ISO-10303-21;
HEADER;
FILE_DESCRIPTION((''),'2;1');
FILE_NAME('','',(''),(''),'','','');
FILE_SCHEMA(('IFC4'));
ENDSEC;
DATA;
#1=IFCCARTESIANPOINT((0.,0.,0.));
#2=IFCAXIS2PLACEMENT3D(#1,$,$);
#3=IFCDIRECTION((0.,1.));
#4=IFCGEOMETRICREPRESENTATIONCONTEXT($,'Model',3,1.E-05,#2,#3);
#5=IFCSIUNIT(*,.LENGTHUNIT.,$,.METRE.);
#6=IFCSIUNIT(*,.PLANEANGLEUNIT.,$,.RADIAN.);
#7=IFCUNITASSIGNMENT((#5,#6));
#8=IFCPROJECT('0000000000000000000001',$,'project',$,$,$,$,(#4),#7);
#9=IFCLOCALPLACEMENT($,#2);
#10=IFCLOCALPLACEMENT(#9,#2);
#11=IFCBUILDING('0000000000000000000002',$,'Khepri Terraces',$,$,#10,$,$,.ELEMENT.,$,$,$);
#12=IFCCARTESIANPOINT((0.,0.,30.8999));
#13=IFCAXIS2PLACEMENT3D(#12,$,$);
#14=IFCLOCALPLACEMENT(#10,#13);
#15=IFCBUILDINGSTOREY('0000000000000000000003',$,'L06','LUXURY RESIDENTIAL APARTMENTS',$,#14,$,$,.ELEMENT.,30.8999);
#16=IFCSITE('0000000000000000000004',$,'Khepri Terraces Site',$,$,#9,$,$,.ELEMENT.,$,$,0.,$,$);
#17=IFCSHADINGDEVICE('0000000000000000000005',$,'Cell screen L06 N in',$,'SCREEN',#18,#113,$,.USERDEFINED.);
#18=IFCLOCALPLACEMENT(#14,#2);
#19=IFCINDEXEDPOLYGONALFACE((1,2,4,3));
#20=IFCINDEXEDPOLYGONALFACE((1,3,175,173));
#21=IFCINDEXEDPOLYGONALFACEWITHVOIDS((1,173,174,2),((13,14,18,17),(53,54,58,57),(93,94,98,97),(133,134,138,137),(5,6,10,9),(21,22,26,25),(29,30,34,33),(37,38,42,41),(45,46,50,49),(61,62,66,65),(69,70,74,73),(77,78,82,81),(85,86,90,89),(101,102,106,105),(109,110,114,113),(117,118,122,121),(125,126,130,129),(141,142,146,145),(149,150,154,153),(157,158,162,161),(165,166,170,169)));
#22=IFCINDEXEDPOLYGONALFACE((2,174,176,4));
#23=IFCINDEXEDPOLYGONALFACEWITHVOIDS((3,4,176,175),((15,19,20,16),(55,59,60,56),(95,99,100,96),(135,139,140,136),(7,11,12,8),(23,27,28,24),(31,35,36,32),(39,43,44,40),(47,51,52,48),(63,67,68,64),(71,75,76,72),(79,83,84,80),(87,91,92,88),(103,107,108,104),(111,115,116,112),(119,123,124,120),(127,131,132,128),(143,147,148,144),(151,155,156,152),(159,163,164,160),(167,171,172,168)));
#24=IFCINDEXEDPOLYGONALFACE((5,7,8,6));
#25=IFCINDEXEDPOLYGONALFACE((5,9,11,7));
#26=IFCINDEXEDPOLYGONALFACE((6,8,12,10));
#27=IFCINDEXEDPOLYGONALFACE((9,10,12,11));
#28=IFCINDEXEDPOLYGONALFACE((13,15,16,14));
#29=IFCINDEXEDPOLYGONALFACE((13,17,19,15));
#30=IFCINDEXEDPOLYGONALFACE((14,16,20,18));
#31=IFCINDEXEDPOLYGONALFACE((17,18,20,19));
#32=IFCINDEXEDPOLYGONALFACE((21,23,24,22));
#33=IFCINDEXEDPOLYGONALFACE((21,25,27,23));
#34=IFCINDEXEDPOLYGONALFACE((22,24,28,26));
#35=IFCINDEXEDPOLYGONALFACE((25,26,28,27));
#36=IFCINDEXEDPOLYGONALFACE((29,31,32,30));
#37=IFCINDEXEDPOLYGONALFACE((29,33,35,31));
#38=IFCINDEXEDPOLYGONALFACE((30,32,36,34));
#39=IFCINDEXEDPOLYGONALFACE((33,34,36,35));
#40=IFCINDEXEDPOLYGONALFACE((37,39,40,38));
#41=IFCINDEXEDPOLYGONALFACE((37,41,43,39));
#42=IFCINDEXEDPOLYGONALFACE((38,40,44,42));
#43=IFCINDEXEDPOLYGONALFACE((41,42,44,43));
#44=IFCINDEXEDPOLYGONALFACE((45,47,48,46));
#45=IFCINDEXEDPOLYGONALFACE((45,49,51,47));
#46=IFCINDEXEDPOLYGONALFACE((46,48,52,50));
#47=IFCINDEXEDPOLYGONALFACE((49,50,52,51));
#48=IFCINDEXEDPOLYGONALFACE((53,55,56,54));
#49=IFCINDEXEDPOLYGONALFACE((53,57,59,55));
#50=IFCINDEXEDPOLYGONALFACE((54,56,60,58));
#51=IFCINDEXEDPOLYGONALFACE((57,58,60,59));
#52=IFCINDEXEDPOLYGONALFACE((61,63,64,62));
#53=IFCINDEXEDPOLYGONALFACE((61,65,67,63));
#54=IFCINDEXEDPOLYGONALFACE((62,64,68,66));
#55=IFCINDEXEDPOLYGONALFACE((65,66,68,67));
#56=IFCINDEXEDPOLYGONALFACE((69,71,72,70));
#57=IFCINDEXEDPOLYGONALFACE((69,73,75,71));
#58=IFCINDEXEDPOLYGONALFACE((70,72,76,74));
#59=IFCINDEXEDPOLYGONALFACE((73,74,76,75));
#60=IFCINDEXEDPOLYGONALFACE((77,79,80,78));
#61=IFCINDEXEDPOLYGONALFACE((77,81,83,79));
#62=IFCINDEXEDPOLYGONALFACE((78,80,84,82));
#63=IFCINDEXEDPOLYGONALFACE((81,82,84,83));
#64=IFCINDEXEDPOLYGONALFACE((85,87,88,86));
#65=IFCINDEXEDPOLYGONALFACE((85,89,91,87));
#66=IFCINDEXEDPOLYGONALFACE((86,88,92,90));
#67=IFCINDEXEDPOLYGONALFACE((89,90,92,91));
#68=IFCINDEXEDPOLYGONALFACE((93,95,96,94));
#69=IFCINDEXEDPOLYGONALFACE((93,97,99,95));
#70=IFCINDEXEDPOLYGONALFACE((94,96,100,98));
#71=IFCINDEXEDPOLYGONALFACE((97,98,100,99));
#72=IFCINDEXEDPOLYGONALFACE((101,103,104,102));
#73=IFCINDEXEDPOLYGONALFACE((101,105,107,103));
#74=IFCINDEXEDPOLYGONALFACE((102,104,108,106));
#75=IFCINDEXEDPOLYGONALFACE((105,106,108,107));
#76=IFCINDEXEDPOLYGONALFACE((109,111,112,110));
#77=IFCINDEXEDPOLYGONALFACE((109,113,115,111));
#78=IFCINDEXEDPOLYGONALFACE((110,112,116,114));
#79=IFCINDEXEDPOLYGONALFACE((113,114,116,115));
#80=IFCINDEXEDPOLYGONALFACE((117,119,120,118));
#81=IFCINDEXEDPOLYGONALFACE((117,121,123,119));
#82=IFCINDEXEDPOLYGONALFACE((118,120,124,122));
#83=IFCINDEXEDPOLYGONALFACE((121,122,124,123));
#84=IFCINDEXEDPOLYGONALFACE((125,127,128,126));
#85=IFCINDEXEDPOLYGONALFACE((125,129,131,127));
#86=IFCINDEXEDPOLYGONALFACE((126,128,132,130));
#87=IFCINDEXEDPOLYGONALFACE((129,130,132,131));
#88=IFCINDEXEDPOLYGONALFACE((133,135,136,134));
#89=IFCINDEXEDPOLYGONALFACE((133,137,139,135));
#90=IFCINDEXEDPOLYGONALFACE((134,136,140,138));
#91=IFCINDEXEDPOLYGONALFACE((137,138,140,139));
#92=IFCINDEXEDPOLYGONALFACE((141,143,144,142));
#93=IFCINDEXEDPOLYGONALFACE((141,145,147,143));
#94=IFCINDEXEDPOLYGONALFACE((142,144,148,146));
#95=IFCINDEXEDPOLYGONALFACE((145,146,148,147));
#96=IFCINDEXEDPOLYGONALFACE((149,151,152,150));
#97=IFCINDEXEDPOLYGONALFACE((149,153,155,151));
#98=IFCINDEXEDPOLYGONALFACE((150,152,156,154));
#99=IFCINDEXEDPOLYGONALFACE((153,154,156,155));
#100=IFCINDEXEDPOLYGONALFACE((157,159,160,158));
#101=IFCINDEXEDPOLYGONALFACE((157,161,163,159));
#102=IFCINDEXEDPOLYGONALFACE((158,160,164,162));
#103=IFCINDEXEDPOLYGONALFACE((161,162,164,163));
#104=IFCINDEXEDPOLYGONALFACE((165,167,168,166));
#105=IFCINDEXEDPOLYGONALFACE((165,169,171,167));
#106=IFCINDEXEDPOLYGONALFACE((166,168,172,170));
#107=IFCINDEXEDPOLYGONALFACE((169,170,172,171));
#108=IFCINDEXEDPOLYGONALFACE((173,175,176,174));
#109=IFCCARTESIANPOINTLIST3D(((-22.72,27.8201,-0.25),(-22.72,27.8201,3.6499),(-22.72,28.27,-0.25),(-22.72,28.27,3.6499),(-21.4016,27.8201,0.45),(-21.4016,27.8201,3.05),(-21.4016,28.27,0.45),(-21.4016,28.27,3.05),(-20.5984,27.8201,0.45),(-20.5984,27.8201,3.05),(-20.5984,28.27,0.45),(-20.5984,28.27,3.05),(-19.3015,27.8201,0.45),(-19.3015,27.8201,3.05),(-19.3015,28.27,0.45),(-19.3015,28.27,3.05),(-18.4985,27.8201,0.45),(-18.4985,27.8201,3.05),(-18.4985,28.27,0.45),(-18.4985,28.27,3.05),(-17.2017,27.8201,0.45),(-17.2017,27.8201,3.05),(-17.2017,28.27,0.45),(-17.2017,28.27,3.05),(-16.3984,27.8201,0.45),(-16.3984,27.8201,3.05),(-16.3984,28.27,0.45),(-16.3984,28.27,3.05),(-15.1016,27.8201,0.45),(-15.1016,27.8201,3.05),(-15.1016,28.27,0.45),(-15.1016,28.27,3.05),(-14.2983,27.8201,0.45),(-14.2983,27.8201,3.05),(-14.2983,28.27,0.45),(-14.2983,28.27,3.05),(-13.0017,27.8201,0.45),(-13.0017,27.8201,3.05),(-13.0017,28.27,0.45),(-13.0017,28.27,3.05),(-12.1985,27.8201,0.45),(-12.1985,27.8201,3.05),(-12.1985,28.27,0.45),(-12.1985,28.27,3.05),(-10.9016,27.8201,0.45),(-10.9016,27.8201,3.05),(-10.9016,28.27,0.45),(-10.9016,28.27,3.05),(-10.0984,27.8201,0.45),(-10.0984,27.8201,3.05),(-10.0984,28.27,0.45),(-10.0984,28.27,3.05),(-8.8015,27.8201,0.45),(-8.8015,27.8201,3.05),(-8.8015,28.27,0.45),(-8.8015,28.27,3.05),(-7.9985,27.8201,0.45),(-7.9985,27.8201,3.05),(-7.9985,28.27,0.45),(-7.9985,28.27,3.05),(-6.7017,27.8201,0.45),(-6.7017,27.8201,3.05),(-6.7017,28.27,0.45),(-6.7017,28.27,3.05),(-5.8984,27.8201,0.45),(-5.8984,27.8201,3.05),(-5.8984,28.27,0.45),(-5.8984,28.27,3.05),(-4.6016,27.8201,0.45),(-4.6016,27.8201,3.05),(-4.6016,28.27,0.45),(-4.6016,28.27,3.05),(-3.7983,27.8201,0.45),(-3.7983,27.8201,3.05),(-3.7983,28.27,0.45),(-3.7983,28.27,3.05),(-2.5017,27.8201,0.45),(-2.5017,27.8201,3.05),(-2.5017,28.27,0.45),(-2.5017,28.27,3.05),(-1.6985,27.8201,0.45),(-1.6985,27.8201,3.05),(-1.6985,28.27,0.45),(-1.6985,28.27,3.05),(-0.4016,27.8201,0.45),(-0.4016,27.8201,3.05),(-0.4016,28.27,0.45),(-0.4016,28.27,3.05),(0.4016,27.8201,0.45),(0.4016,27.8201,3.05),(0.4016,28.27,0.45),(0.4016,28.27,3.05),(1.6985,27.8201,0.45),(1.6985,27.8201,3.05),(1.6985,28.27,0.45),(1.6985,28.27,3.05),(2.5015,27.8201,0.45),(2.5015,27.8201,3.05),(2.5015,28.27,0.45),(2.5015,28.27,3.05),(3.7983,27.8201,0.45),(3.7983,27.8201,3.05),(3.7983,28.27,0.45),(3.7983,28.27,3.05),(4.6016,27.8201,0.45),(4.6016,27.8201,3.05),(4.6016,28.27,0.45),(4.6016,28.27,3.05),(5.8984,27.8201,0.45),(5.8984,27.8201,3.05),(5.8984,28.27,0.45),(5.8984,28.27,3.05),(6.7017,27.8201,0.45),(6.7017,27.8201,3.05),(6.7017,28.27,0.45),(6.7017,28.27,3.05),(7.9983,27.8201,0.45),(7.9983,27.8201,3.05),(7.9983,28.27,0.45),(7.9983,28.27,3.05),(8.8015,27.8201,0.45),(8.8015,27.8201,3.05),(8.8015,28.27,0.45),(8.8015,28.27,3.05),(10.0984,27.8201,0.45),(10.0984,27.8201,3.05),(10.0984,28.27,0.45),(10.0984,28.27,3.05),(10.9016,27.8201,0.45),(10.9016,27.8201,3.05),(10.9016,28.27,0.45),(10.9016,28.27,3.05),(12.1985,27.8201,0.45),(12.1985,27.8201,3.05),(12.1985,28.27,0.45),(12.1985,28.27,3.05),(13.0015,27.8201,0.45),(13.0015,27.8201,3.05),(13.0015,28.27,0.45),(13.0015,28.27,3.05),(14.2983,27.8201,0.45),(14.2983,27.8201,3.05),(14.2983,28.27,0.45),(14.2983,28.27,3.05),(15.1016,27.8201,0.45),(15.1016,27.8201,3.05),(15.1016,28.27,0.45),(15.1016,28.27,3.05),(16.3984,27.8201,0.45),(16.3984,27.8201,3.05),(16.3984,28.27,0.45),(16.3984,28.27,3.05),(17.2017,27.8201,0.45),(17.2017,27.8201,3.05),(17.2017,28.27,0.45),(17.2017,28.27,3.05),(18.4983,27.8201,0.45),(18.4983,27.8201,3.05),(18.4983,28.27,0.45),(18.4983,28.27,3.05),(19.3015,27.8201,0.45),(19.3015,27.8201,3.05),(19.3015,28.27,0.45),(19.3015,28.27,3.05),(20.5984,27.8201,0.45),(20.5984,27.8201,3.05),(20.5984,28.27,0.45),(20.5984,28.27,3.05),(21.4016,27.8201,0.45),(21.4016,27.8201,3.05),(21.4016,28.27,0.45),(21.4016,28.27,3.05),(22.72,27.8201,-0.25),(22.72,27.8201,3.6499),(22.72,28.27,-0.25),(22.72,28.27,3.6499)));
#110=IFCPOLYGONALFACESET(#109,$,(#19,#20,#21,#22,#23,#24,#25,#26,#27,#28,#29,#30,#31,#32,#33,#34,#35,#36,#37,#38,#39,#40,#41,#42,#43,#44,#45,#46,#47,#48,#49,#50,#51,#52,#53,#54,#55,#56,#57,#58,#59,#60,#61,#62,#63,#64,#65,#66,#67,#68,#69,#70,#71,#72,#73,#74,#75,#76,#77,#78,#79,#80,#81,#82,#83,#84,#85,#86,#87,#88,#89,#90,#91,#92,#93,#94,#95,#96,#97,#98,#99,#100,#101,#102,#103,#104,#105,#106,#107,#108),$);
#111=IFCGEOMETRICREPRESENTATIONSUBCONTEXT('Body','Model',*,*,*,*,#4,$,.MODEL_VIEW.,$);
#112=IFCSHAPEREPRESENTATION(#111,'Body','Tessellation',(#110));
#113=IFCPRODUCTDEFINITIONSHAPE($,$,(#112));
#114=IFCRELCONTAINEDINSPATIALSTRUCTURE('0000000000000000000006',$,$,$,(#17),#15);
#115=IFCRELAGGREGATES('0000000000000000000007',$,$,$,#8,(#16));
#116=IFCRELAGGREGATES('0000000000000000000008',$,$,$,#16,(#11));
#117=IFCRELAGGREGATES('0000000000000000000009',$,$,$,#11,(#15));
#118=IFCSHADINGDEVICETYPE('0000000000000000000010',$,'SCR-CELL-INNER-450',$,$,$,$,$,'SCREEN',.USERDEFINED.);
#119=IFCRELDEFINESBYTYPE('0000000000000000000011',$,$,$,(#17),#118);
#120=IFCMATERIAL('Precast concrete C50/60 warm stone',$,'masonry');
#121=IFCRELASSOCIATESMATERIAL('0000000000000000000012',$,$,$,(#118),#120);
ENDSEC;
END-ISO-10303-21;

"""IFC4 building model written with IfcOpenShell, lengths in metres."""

from ifc_helpers import new_model, si_unit, direction, frame, origin, place, context, subcontext, project, spatial, polyline, outline, extrude, material, type_object, element, save


model = new_model("IFC4")

# Units and contexts
model_context = context("Model", 3, precision=1e-05, world=origin(), true_north=direction((0.0, 1.0)))
body_context = subcontext(model_context, "Body", "Model", "MODEL_VIEW")
ifc_project = project(units=[si_unit("LENGTHUNIT", "METRE"), si_unit("PLANEANGLEUNIT", "RADIAN")], contexts=[model_context])

# Site, building, storey
site_placement = place(None, origin())
site = spatial("IfcSite", under=ifc_project, at=site_placement, Name="Khepri Terraces Site", CompositionType="ELEMENT", RefElevation=0.0)
building_placement = place(site_placement, origin())
building = spatial("IfcBuilding", under=site, at=building_placement, Name="Khepri Terraces", CompositionType="ELEMENT")
storey_placement = place(building_placement, frame((0.0, 0.0, 30.8999)))
storey = spatial("IfcBuildingStorey", under=building, at=storey_placement, Name="L06", Description="LUXURY RESIDENTIAL APARTMENTS", CompositionType="ELEMENT", Elevation=30.8999)

# Shared definitions
ifc_material_1 = material(Name="Precast concrete C50/60 warm stone", Category="masonry")

# Shading device
shading_device_type_1 = type_object("IfcShadingDeviceType", Name="SCR-CELL-INNER-450", ElementType="SCREEN", PredefinedType="USERDEFINED", material=ifc_material_1)
shading_device_1_placement = place(storey_placement, frame((22.72, 27.8201, -0.25), z_axis=(0.0, 1.0, 0.0), x_axis=(-1.0, 0.0, 0.0)))
element("IfcShadingDevice", 1, at=shading_device_1_placement, inside=storey, type_object=shading_device_type_1, Name="Cell screen L06 N in", ObjectType="SCREEN", PredefinedType="USERDEFINED", context=body_context, shape_type="SweptSolid", body=[
    extrude(outline(polyline([(0.0, 0.0), (45.4399, 0.0), (45.4399, 3.8999), (0.0, 3.8999), (0.0, 0.0)]), holes=[polyline([(1.3184, 0.7), (2.1216, 0.7), (2.1216, 3.3), (1.3184, 3.3), (1.3184, 0.7)]), polyline([(3.4185, 0.7), (4.2217, 0.7), (4.2217, 3.3), (3.4185, 3.3), (3.4185, 0.7)]), polyline([(5.5183, 0.7), (6.3215, 0.7), (6.3215, 3.3), (5.5183, 3.3), (5.5183, 0.7)]), polyline([(7.6184, 0.7), (8.4216, 0.7), (8.4216, 3.3), (7.6184, 3.3), (7.6184, 0.7)]), polyline([(9.7185, 0.7), (10.5215, 0.7), (10.5215, 3.3), (9.7185, 3.3), (9.7185, 0.7)]), polyline([(11.8184, 0.7), (12.6216, 0.7), (12.6216, 3.3), (11.8184, 3.3), (11.8184, 0.7)]), polyline([(13.9185, 0.7), (14.7217, 0.7), (14.7217, 3.3), (13.9185, 3.3), (13.9185, 0.7)]), polyline([(16.0183, 0.7), (16.8215, 0.7), (16.8215, 3.3), (16.0183, 3.3), (16.0183, 0.7)]), polyline([(18.1184, 0.7), (18.9216, 0.7), (18.9216, 3.3), (18.1184, 3.3), (18.1184, 0.7)]), polyline([(20.2185, 0.7), (21.0215, 0.7), (21.0215, 3.3), (20.2185, 3.3), (20.2185, 0.7)]), polyline([(22.3184, 0.7), (23.1216, 0.7), (23.1216, 3.3), (22.3184, 3.3), (22.3184, 0.7)]), polyline([(24.4185, 0.7), (25.2217, 0.7), (25.2217, 3.3), (24.4185, 3.3), (24.4185, 0.7)]), polyline([(26.5183, 0.7), (27.3215, 0.7), (27.3215, 3.3), (26.5183, 3.3), (26.5183, 0.7)]), polyline([(28.6184, 0.7), (29.4216, 0.7), (29.4216, 3.3), (28.6184, 3.3), (28.6184, 0.7)]), polyline([(30.7185, 0.7), (31.5215, 0.7), (31.5215, 3.3), (30.7185, 3.3), (30.7185, 0.7)]), polyline([(32.8184, 0.7), (33.6216, 0.7), (33.6216, 3.3), (32.8184, 3.3), (32.8184, 0.7)]), polyline([(34.9185, 0.7), (35.7217, 0.7), (35.7217, 3.3), (34.9185, 3.3), (34.9185, 0.7)]), polyline([(37.0183, 0.7), (37.8215, 0.7), (37.8215, 3.3), (37.0183, 3.3), (37.0183, 0.7)]), polyline([(39.1184, 0.7), (39.9216, 0.7), (39.9216, 3.3), (39.1184, 3.3), (39.1184, 0.7)]), polyline([(41.2185, 0.7), (42.0215, 0.7), (42.0215, 3.3), (41.2185, 3.3), (41.2185, 0.7)]), polyline([(43.3184, 0.7), (44.1216, 0.7), (44.1216, 3.3), (43.3184, 3.3), (43.3184, 0.7)])]), origin(), (0.0, 0.0, 1.0), 0.45),
])

save(model, "model.ifc")
